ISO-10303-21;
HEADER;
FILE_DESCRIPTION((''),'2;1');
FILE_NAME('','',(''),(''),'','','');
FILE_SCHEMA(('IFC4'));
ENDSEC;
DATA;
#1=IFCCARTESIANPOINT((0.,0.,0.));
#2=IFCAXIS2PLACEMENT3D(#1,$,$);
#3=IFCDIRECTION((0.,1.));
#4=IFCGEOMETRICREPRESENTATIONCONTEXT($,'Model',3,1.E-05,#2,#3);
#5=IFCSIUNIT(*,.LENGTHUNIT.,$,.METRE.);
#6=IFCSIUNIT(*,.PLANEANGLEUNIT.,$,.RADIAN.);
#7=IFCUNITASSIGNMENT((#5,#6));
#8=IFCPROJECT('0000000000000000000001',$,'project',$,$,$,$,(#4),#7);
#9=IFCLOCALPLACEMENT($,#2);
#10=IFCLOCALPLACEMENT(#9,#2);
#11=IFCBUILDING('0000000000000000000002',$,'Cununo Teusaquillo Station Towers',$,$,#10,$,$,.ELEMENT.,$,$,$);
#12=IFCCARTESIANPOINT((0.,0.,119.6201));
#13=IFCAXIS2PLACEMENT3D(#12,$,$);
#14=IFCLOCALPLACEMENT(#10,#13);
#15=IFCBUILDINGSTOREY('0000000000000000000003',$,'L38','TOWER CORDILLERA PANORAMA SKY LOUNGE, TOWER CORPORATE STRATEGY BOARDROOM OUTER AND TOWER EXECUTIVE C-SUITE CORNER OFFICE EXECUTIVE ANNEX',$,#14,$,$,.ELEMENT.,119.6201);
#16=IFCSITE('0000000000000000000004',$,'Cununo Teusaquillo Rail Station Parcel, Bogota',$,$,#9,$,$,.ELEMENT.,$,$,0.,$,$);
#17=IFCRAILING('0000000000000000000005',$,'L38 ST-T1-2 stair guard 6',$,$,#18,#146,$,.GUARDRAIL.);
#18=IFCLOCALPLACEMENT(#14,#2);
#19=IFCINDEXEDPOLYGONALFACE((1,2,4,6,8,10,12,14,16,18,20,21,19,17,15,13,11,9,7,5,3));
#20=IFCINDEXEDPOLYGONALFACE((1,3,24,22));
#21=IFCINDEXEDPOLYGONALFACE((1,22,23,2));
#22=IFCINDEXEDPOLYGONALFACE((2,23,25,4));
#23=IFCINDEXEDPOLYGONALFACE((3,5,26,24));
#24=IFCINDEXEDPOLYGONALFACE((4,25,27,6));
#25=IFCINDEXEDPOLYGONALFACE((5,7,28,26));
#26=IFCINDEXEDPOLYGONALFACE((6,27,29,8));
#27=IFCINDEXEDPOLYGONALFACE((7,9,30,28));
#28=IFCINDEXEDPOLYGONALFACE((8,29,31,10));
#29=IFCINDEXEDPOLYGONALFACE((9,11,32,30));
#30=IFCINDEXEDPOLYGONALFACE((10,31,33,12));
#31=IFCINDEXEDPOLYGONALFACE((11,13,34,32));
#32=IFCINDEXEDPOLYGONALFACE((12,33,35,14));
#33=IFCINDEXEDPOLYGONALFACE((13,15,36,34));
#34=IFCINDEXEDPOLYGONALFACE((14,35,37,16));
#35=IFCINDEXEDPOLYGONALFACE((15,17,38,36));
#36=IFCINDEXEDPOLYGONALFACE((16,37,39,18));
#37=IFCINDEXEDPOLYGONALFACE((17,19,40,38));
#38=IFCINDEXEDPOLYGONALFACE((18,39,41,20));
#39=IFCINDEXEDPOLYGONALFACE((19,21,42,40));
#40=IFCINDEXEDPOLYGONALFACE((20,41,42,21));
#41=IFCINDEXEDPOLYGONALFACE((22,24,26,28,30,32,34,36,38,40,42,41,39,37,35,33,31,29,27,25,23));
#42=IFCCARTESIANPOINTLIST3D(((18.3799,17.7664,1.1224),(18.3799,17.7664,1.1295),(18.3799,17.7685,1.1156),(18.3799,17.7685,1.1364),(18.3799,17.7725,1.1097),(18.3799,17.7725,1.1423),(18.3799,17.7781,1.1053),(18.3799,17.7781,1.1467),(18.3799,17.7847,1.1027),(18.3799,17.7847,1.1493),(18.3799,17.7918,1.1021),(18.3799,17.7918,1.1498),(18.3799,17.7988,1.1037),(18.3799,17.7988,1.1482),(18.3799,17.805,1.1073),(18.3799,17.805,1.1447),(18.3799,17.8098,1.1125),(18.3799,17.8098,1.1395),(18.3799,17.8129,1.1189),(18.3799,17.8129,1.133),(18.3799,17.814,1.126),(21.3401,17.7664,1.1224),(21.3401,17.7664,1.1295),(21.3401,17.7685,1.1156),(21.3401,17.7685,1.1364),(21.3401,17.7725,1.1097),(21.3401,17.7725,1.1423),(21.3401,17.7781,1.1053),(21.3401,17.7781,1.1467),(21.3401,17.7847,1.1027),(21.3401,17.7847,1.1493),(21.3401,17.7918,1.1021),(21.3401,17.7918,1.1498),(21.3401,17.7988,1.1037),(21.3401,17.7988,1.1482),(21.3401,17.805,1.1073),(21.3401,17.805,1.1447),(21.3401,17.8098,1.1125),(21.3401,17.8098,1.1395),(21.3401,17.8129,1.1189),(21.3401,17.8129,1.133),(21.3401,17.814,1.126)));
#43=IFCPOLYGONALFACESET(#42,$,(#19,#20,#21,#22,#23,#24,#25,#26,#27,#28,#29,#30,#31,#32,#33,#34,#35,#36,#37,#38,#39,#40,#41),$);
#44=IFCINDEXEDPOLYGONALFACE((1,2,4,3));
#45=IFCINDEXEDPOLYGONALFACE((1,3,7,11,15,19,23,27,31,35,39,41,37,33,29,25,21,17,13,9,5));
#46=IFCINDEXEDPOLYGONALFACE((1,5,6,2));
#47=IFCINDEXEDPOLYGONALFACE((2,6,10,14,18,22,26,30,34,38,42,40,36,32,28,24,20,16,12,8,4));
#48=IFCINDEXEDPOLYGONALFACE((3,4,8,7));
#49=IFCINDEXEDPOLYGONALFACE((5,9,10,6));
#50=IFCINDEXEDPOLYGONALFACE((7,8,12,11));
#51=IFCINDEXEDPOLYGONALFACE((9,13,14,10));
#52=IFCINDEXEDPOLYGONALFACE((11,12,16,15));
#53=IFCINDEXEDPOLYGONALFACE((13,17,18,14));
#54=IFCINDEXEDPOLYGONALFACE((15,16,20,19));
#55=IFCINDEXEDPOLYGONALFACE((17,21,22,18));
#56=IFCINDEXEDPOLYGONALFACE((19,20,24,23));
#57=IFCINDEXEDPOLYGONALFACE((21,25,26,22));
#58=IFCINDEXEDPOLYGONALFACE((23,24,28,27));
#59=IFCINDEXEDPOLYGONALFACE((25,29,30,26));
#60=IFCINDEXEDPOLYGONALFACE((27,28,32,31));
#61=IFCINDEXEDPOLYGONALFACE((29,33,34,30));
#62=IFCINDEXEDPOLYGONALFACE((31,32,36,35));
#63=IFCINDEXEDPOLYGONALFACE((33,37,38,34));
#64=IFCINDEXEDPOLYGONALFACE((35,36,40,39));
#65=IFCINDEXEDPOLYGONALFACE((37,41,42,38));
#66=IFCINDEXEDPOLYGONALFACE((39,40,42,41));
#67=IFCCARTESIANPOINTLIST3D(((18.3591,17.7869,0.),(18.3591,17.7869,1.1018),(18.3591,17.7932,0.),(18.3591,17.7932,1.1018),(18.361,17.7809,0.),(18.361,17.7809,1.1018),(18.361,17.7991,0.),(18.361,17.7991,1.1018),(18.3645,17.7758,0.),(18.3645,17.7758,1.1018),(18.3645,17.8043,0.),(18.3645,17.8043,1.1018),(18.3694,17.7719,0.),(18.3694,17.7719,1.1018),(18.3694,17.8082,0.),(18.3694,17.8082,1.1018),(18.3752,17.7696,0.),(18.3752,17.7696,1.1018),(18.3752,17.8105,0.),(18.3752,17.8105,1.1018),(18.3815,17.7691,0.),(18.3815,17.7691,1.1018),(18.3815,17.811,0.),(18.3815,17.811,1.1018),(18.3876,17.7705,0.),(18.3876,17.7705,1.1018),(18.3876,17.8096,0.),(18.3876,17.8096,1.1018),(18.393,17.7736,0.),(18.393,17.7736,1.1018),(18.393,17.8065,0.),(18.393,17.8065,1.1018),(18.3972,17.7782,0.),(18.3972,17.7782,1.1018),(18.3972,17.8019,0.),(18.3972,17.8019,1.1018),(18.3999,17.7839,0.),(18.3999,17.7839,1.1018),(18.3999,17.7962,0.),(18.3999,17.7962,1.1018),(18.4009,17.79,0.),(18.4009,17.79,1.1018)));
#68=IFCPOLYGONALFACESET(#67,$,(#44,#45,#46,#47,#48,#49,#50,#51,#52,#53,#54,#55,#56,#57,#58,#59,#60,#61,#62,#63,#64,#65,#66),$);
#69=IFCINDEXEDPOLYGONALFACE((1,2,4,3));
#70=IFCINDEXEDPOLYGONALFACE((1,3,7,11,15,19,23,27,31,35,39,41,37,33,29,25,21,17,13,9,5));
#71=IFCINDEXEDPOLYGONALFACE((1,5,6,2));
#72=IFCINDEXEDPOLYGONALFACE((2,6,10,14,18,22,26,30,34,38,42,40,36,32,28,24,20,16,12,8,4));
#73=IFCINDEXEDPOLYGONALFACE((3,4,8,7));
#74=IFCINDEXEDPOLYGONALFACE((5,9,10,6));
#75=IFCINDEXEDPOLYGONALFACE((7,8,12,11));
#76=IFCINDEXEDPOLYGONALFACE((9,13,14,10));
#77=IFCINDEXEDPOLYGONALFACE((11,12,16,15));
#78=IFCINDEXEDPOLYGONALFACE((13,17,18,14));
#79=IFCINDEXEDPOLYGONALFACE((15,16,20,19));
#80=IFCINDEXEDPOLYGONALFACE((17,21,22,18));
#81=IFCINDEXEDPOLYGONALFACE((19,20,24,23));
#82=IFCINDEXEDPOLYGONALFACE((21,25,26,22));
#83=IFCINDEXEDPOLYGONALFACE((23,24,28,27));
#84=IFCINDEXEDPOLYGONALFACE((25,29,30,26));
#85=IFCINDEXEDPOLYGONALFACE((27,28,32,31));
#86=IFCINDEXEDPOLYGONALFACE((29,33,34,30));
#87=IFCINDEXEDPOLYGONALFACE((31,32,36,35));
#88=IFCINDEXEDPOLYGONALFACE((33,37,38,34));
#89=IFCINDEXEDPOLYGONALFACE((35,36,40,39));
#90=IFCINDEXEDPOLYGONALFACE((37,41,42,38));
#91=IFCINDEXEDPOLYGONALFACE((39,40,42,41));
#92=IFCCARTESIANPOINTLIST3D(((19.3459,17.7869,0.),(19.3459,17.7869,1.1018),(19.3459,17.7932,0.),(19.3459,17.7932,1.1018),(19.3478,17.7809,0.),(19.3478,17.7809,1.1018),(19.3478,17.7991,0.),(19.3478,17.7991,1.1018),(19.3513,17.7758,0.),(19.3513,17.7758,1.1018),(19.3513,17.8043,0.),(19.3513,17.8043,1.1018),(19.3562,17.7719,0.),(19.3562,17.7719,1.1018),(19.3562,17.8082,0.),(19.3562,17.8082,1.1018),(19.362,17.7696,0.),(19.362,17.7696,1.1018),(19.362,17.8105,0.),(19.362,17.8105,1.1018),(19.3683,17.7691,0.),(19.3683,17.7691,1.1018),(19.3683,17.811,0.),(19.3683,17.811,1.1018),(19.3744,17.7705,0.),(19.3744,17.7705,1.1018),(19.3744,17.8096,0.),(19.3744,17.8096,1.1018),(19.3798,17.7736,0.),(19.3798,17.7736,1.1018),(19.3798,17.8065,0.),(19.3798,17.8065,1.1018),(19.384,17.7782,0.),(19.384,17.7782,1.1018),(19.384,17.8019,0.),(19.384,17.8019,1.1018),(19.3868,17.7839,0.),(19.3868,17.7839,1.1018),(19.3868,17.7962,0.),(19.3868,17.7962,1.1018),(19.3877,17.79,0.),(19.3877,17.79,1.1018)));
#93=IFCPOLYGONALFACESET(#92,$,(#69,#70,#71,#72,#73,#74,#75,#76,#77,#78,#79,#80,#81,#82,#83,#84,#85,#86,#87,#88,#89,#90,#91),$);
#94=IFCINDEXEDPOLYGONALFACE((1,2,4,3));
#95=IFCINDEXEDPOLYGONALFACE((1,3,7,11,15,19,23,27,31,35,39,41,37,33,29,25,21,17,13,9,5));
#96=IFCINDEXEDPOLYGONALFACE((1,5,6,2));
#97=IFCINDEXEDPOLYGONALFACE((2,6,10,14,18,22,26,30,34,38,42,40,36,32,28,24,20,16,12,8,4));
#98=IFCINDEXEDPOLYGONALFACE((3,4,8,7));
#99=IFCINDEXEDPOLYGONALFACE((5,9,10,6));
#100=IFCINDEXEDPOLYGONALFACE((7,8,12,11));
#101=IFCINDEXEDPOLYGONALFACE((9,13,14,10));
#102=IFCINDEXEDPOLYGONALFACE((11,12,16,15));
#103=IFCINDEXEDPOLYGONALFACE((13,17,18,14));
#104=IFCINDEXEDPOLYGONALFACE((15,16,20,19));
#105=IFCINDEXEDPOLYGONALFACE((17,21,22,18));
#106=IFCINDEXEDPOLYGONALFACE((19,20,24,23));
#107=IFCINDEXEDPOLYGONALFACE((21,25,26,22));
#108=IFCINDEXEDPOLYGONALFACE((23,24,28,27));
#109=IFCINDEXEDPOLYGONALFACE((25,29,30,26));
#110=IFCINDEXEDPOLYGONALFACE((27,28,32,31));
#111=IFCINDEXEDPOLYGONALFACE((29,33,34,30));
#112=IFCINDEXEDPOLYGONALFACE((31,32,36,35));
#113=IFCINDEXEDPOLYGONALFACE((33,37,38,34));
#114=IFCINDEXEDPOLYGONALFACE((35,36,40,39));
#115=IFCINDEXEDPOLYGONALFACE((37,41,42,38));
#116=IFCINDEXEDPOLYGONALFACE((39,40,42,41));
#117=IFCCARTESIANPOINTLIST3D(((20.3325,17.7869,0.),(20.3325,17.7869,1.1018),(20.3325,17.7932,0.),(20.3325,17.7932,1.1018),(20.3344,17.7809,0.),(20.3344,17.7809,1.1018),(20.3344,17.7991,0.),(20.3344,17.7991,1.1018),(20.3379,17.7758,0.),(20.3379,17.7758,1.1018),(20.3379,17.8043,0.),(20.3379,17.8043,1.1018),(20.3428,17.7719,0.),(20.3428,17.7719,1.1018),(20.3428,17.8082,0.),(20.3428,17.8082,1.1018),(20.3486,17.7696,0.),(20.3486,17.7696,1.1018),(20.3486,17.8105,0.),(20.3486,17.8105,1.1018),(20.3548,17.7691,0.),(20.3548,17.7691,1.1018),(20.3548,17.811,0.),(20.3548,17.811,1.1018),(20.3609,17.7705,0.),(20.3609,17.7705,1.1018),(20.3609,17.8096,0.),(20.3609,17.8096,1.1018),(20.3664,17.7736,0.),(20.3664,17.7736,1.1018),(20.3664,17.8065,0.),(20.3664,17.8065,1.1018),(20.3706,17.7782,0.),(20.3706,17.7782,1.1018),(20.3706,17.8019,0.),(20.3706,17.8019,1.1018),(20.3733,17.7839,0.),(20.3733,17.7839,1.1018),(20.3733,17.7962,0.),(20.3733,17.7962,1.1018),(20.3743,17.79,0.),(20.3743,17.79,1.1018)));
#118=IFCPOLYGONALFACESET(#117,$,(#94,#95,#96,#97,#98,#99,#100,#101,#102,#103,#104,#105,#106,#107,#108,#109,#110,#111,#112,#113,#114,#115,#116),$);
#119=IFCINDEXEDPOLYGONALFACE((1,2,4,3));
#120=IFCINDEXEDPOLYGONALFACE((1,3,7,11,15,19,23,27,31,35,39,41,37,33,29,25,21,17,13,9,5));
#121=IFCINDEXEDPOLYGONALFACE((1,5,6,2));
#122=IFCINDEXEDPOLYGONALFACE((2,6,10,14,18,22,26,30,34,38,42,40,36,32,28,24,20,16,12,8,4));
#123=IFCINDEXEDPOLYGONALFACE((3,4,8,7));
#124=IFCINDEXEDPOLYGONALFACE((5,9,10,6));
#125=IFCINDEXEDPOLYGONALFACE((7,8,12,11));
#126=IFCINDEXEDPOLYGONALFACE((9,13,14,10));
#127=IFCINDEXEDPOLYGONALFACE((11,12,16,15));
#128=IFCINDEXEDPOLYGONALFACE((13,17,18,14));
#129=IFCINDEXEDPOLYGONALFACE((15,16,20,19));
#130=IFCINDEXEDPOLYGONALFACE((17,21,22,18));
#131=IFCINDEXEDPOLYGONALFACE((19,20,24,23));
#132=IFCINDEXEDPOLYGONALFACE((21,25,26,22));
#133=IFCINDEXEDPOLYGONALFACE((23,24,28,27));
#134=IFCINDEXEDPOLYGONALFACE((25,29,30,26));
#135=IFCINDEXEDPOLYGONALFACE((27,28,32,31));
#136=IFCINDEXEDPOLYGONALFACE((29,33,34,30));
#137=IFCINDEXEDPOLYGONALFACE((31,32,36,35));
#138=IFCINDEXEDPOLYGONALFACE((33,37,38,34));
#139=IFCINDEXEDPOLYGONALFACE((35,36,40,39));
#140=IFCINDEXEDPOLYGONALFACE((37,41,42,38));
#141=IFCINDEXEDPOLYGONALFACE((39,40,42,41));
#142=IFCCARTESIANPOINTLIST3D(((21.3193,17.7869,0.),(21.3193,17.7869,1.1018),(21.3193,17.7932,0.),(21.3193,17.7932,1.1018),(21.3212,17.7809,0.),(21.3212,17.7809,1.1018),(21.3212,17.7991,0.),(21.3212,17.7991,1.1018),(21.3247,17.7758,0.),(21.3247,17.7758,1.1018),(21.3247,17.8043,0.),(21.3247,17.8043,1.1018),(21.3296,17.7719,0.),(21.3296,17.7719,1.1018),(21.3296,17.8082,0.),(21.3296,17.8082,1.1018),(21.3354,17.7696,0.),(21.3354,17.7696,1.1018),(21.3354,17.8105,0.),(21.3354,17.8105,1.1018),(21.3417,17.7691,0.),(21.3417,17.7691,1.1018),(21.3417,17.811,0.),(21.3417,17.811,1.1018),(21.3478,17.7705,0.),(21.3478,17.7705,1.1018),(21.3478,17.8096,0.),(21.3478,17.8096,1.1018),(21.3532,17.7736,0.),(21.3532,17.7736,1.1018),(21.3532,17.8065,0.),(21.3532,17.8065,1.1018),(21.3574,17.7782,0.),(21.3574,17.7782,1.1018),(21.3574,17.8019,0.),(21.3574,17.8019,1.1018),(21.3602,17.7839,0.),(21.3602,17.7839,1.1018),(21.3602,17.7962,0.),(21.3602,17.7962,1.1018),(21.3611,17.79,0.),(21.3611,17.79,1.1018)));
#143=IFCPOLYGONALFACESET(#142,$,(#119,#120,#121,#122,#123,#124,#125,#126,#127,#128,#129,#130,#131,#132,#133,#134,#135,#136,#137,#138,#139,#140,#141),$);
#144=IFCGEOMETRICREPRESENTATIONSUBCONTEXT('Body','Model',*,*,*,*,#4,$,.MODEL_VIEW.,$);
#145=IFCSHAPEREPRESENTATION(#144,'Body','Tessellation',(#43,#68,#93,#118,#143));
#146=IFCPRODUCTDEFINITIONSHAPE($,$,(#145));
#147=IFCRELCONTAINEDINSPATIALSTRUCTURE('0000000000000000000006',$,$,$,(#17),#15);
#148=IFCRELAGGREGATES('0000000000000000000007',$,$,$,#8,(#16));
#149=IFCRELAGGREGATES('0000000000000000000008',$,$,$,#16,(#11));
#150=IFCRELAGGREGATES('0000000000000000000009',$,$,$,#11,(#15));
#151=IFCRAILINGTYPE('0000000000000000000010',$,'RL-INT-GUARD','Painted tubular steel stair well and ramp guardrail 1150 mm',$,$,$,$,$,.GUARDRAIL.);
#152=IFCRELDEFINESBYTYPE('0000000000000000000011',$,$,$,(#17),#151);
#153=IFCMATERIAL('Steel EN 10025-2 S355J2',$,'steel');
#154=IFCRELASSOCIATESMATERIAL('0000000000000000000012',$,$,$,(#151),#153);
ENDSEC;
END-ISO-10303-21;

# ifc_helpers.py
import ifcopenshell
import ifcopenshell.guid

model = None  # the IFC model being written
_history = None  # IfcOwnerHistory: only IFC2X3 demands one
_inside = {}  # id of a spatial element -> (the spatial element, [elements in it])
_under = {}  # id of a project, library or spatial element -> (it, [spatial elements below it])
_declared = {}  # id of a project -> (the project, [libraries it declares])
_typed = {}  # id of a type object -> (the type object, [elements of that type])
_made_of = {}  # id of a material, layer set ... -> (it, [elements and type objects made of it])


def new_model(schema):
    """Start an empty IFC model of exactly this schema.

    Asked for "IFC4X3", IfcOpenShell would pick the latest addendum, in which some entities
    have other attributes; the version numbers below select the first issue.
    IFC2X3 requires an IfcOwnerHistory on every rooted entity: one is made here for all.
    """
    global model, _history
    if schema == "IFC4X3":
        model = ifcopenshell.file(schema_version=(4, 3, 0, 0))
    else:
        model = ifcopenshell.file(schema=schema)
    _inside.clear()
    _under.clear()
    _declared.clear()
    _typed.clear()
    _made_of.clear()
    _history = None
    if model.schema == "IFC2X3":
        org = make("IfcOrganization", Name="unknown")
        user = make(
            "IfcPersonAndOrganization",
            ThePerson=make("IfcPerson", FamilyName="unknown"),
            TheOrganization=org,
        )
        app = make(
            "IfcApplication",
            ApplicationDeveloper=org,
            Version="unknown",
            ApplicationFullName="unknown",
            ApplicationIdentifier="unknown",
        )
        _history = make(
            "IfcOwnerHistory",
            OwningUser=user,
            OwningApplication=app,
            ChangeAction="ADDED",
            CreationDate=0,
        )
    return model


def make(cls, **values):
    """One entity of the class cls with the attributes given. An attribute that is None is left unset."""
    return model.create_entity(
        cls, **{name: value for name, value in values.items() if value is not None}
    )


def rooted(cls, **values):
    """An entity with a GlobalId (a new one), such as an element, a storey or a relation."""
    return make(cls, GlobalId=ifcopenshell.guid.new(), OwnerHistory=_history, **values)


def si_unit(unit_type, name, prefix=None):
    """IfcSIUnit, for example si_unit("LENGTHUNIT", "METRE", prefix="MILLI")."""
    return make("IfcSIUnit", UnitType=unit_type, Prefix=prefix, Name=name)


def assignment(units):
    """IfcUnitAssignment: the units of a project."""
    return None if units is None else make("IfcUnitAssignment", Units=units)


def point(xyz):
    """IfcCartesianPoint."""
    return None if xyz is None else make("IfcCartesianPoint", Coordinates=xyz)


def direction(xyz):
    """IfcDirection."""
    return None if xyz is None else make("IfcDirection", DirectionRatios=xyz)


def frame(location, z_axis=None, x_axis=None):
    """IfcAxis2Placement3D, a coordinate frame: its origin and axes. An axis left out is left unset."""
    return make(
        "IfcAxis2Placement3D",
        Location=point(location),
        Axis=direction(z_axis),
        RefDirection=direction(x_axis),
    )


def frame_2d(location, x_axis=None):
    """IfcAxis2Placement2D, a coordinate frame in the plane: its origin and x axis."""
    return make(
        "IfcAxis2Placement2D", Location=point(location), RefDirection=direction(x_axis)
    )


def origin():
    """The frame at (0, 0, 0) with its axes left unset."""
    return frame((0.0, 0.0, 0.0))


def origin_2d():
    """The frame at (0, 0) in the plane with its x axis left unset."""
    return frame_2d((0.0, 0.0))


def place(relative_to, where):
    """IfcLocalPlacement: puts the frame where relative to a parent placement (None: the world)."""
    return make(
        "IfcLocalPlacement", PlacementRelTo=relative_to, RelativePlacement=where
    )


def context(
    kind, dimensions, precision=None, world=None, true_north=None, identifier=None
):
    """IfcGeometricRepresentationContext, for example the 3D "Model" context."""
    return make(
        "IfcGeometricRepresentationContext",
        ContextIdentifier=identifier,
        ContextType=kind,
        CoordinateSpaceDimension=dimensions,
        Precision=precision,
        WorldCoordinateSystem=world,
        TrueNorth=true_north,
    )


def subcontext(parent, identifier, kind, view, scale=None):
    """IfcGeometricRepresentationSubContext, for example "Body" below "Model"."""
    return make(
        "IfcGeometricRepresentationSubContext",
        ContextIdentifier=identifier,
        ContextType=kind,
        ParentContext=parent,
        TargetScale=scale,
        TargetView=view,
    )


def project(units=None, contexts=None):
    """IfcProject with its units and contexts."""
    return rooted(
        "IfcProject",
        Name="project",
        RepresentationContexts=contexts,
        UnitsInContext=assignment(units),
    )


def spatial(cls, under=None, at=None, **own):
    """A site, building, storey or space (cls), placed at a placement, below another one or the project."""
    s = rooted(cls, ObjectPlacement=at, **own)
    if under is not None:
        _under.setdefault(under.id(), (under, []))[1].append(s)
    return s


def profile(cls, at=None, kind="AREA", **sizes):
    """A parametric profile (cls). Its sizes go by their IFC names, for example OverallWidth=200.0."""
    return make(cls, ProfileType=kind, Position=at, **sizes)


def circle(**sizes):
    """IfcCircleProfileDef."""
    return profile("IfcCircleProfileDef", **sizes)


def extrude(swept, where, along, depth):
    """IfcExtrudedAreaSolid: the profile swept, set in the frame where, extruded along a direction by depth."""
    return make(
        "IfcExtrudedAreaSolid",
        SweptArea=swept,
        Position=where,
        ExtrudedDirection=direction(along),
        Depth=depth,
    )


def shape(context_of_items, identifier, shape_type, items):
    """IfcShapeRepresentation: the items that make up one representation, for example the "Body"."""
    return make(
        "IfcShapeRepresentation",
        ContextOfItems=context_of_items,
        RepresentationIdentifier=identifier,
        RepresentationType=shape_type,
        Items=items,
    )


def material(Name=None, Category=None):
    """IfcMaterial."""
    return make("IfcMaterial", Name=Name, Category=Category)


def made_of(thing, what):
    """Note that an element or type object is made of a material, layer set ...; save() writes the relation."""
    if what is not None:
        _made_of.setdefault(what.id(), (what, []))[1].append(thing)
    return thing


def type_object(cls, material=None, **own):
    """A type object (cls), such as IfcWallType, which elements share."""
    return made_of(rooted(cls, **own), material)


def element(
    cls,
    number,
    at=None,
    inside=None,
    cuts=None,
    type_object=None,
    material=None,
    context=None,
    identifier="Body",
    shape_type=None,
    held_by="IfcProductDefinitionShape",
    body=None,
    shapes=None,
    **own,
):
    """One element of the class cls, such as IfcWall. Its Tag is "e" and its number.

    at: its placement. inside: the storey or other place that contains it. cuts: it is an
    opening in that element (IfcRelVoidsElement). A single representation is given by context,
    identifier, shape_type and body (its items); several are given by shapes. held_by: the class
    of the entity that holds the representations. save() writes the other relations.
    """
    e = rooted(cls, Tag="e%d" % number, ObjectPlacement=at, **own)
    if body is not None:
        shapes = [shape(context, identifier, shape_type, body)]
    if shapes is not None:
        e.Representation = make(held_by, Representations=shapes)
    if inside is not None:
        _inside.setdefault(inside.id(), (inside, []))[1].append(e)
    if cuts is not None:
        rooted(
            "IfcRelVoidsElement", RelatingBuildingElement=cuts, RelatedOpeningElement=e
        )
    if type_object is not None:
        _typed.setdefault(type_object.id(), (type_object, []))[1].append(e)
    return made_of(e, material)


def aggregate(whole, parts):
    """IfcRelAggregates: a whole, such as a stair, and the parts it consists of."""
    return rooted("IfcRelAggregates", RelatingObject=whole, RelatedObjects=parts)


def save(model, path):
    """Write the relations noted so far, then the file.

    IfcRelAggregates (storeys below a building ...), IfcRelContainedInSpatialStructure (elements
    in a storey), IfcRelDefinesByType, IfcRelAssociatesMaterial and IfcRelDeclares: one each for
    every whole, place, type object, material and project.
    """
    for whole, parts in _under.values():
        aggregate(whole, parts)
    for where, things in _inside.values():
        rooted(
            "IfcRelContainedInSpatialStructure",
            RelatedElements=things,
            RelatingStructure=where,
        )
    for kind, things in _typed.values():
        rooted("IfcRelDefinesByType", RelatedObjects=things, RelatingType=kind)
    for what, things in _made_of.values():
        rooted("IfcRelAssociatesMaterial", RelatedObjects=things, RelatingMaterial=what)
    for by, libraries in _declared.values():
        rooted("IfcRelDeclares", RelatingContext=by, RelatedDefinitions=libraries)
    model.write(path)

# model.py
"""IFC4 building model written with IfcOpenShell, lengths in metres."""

from ifc_helpers import new_model, si_unit, direction, frame, origin, origin_2d, place, context, subcontext, project, spatial, circle, extrude, material, type_object, element, save


model = new_model("IFC4")

# Units and contexts
model_context = context("Model", 3, precision=1e-05, world=origin(), true_north=direction((0.0, 1.0)))
body_context = subcontext(model_context, "Body", "Model", "MODEL_VIEW")
ifc_project = project(units=[si_unit("LENGTHUNIT", "METRE"), si_unit("PLANEANGLEUNIT", "RADIAN")], contexts=[model_context])

# Site, building, storey
site_placement = place(None, origin())
site = spatial("IfcSite", under=ifc_project, at=site_placement, Name="Cununo Teusaquillo Rail Station Parcel, Bogota", CompositionType="ELEMENT", RefElevation=0.0)
building_placement = place(site_placement, origin())
building = spatial("IfcBuilding", under=site, at=building_placement, Name="Cununo Teusaquillo Station Towers", CompositionType="ELEMENT")
storey_placement = place(building_placement, frame((0.0, 0.0, 119.6201)))
storey = spatial("IfcBuildingStorey", under=building, at=storey_placement, Name="L38", Description="TOWER CORDILLERA PANORAMA SKY LOUNGE, TOWER CORPORATE STRATEGY BOARDROOM OUTER AND TOWER EXECUTIVE C-SUITE CORNER OFFICE EXECUTIVE ANNEX", CompositionType="ELEMENT", Elevation=119.6201)

# Railing
ifc_material_1 = material(Name="Steel EN 10025-2 S355J2", Category="steel")
railing_type_1 = type_object("IfcRailingType", Name="RL-INT-GUARD", Description="Painted tubular steel stair well and ramp guardrail 1150 mm", PredefinedType="GUARDRAIL", material=ifc_material_1)
railing_1_placement = place(storey_placement, frame((18.3799, 17.79, 0.0)))
element("IfcRailing", 1, at=railing_1_placement, inside=storey, type_object=railing_type_1, Name="L38 ST-T1-2 stair guard 6", PredefinedType="GUARDRAIL", context=body_context, shape_type="SweptSolid", body=[
    extrude(circle(Radius=0.0239, at=origin_2d()), frame((0.0, 0.0, 1.126), z_axis=(1.0, 0.0, 0.0), x_axis=(0.0, 1.0, 0.0)), (0.0, 0.0, 1.0), 2.9602),
    extrude(circle(Radius=0.021, at=origin_2d()), origin(), (0.0, 0.0, 1.0), 1.1018),
    extrude(circle(Radius=0.021, at=origin_2d()), frame((0.9868, 0.0, 0.0)), (0.0, 0.0, 1.0), 1.1018),
    extrude(circle(Radius=0.021, at=origin_2d()), frame((1.9734, 0.0, 0.0)), (0.0, 0.0, 1.0), 1.1018),
    extrude(circle(Radius=0.021, at=origin_2d()), frame((2.9602, 0.0, 0.0)), (0.0, 0.0, 1.0), 1.1018),
])

save(model, "model.ifc")
